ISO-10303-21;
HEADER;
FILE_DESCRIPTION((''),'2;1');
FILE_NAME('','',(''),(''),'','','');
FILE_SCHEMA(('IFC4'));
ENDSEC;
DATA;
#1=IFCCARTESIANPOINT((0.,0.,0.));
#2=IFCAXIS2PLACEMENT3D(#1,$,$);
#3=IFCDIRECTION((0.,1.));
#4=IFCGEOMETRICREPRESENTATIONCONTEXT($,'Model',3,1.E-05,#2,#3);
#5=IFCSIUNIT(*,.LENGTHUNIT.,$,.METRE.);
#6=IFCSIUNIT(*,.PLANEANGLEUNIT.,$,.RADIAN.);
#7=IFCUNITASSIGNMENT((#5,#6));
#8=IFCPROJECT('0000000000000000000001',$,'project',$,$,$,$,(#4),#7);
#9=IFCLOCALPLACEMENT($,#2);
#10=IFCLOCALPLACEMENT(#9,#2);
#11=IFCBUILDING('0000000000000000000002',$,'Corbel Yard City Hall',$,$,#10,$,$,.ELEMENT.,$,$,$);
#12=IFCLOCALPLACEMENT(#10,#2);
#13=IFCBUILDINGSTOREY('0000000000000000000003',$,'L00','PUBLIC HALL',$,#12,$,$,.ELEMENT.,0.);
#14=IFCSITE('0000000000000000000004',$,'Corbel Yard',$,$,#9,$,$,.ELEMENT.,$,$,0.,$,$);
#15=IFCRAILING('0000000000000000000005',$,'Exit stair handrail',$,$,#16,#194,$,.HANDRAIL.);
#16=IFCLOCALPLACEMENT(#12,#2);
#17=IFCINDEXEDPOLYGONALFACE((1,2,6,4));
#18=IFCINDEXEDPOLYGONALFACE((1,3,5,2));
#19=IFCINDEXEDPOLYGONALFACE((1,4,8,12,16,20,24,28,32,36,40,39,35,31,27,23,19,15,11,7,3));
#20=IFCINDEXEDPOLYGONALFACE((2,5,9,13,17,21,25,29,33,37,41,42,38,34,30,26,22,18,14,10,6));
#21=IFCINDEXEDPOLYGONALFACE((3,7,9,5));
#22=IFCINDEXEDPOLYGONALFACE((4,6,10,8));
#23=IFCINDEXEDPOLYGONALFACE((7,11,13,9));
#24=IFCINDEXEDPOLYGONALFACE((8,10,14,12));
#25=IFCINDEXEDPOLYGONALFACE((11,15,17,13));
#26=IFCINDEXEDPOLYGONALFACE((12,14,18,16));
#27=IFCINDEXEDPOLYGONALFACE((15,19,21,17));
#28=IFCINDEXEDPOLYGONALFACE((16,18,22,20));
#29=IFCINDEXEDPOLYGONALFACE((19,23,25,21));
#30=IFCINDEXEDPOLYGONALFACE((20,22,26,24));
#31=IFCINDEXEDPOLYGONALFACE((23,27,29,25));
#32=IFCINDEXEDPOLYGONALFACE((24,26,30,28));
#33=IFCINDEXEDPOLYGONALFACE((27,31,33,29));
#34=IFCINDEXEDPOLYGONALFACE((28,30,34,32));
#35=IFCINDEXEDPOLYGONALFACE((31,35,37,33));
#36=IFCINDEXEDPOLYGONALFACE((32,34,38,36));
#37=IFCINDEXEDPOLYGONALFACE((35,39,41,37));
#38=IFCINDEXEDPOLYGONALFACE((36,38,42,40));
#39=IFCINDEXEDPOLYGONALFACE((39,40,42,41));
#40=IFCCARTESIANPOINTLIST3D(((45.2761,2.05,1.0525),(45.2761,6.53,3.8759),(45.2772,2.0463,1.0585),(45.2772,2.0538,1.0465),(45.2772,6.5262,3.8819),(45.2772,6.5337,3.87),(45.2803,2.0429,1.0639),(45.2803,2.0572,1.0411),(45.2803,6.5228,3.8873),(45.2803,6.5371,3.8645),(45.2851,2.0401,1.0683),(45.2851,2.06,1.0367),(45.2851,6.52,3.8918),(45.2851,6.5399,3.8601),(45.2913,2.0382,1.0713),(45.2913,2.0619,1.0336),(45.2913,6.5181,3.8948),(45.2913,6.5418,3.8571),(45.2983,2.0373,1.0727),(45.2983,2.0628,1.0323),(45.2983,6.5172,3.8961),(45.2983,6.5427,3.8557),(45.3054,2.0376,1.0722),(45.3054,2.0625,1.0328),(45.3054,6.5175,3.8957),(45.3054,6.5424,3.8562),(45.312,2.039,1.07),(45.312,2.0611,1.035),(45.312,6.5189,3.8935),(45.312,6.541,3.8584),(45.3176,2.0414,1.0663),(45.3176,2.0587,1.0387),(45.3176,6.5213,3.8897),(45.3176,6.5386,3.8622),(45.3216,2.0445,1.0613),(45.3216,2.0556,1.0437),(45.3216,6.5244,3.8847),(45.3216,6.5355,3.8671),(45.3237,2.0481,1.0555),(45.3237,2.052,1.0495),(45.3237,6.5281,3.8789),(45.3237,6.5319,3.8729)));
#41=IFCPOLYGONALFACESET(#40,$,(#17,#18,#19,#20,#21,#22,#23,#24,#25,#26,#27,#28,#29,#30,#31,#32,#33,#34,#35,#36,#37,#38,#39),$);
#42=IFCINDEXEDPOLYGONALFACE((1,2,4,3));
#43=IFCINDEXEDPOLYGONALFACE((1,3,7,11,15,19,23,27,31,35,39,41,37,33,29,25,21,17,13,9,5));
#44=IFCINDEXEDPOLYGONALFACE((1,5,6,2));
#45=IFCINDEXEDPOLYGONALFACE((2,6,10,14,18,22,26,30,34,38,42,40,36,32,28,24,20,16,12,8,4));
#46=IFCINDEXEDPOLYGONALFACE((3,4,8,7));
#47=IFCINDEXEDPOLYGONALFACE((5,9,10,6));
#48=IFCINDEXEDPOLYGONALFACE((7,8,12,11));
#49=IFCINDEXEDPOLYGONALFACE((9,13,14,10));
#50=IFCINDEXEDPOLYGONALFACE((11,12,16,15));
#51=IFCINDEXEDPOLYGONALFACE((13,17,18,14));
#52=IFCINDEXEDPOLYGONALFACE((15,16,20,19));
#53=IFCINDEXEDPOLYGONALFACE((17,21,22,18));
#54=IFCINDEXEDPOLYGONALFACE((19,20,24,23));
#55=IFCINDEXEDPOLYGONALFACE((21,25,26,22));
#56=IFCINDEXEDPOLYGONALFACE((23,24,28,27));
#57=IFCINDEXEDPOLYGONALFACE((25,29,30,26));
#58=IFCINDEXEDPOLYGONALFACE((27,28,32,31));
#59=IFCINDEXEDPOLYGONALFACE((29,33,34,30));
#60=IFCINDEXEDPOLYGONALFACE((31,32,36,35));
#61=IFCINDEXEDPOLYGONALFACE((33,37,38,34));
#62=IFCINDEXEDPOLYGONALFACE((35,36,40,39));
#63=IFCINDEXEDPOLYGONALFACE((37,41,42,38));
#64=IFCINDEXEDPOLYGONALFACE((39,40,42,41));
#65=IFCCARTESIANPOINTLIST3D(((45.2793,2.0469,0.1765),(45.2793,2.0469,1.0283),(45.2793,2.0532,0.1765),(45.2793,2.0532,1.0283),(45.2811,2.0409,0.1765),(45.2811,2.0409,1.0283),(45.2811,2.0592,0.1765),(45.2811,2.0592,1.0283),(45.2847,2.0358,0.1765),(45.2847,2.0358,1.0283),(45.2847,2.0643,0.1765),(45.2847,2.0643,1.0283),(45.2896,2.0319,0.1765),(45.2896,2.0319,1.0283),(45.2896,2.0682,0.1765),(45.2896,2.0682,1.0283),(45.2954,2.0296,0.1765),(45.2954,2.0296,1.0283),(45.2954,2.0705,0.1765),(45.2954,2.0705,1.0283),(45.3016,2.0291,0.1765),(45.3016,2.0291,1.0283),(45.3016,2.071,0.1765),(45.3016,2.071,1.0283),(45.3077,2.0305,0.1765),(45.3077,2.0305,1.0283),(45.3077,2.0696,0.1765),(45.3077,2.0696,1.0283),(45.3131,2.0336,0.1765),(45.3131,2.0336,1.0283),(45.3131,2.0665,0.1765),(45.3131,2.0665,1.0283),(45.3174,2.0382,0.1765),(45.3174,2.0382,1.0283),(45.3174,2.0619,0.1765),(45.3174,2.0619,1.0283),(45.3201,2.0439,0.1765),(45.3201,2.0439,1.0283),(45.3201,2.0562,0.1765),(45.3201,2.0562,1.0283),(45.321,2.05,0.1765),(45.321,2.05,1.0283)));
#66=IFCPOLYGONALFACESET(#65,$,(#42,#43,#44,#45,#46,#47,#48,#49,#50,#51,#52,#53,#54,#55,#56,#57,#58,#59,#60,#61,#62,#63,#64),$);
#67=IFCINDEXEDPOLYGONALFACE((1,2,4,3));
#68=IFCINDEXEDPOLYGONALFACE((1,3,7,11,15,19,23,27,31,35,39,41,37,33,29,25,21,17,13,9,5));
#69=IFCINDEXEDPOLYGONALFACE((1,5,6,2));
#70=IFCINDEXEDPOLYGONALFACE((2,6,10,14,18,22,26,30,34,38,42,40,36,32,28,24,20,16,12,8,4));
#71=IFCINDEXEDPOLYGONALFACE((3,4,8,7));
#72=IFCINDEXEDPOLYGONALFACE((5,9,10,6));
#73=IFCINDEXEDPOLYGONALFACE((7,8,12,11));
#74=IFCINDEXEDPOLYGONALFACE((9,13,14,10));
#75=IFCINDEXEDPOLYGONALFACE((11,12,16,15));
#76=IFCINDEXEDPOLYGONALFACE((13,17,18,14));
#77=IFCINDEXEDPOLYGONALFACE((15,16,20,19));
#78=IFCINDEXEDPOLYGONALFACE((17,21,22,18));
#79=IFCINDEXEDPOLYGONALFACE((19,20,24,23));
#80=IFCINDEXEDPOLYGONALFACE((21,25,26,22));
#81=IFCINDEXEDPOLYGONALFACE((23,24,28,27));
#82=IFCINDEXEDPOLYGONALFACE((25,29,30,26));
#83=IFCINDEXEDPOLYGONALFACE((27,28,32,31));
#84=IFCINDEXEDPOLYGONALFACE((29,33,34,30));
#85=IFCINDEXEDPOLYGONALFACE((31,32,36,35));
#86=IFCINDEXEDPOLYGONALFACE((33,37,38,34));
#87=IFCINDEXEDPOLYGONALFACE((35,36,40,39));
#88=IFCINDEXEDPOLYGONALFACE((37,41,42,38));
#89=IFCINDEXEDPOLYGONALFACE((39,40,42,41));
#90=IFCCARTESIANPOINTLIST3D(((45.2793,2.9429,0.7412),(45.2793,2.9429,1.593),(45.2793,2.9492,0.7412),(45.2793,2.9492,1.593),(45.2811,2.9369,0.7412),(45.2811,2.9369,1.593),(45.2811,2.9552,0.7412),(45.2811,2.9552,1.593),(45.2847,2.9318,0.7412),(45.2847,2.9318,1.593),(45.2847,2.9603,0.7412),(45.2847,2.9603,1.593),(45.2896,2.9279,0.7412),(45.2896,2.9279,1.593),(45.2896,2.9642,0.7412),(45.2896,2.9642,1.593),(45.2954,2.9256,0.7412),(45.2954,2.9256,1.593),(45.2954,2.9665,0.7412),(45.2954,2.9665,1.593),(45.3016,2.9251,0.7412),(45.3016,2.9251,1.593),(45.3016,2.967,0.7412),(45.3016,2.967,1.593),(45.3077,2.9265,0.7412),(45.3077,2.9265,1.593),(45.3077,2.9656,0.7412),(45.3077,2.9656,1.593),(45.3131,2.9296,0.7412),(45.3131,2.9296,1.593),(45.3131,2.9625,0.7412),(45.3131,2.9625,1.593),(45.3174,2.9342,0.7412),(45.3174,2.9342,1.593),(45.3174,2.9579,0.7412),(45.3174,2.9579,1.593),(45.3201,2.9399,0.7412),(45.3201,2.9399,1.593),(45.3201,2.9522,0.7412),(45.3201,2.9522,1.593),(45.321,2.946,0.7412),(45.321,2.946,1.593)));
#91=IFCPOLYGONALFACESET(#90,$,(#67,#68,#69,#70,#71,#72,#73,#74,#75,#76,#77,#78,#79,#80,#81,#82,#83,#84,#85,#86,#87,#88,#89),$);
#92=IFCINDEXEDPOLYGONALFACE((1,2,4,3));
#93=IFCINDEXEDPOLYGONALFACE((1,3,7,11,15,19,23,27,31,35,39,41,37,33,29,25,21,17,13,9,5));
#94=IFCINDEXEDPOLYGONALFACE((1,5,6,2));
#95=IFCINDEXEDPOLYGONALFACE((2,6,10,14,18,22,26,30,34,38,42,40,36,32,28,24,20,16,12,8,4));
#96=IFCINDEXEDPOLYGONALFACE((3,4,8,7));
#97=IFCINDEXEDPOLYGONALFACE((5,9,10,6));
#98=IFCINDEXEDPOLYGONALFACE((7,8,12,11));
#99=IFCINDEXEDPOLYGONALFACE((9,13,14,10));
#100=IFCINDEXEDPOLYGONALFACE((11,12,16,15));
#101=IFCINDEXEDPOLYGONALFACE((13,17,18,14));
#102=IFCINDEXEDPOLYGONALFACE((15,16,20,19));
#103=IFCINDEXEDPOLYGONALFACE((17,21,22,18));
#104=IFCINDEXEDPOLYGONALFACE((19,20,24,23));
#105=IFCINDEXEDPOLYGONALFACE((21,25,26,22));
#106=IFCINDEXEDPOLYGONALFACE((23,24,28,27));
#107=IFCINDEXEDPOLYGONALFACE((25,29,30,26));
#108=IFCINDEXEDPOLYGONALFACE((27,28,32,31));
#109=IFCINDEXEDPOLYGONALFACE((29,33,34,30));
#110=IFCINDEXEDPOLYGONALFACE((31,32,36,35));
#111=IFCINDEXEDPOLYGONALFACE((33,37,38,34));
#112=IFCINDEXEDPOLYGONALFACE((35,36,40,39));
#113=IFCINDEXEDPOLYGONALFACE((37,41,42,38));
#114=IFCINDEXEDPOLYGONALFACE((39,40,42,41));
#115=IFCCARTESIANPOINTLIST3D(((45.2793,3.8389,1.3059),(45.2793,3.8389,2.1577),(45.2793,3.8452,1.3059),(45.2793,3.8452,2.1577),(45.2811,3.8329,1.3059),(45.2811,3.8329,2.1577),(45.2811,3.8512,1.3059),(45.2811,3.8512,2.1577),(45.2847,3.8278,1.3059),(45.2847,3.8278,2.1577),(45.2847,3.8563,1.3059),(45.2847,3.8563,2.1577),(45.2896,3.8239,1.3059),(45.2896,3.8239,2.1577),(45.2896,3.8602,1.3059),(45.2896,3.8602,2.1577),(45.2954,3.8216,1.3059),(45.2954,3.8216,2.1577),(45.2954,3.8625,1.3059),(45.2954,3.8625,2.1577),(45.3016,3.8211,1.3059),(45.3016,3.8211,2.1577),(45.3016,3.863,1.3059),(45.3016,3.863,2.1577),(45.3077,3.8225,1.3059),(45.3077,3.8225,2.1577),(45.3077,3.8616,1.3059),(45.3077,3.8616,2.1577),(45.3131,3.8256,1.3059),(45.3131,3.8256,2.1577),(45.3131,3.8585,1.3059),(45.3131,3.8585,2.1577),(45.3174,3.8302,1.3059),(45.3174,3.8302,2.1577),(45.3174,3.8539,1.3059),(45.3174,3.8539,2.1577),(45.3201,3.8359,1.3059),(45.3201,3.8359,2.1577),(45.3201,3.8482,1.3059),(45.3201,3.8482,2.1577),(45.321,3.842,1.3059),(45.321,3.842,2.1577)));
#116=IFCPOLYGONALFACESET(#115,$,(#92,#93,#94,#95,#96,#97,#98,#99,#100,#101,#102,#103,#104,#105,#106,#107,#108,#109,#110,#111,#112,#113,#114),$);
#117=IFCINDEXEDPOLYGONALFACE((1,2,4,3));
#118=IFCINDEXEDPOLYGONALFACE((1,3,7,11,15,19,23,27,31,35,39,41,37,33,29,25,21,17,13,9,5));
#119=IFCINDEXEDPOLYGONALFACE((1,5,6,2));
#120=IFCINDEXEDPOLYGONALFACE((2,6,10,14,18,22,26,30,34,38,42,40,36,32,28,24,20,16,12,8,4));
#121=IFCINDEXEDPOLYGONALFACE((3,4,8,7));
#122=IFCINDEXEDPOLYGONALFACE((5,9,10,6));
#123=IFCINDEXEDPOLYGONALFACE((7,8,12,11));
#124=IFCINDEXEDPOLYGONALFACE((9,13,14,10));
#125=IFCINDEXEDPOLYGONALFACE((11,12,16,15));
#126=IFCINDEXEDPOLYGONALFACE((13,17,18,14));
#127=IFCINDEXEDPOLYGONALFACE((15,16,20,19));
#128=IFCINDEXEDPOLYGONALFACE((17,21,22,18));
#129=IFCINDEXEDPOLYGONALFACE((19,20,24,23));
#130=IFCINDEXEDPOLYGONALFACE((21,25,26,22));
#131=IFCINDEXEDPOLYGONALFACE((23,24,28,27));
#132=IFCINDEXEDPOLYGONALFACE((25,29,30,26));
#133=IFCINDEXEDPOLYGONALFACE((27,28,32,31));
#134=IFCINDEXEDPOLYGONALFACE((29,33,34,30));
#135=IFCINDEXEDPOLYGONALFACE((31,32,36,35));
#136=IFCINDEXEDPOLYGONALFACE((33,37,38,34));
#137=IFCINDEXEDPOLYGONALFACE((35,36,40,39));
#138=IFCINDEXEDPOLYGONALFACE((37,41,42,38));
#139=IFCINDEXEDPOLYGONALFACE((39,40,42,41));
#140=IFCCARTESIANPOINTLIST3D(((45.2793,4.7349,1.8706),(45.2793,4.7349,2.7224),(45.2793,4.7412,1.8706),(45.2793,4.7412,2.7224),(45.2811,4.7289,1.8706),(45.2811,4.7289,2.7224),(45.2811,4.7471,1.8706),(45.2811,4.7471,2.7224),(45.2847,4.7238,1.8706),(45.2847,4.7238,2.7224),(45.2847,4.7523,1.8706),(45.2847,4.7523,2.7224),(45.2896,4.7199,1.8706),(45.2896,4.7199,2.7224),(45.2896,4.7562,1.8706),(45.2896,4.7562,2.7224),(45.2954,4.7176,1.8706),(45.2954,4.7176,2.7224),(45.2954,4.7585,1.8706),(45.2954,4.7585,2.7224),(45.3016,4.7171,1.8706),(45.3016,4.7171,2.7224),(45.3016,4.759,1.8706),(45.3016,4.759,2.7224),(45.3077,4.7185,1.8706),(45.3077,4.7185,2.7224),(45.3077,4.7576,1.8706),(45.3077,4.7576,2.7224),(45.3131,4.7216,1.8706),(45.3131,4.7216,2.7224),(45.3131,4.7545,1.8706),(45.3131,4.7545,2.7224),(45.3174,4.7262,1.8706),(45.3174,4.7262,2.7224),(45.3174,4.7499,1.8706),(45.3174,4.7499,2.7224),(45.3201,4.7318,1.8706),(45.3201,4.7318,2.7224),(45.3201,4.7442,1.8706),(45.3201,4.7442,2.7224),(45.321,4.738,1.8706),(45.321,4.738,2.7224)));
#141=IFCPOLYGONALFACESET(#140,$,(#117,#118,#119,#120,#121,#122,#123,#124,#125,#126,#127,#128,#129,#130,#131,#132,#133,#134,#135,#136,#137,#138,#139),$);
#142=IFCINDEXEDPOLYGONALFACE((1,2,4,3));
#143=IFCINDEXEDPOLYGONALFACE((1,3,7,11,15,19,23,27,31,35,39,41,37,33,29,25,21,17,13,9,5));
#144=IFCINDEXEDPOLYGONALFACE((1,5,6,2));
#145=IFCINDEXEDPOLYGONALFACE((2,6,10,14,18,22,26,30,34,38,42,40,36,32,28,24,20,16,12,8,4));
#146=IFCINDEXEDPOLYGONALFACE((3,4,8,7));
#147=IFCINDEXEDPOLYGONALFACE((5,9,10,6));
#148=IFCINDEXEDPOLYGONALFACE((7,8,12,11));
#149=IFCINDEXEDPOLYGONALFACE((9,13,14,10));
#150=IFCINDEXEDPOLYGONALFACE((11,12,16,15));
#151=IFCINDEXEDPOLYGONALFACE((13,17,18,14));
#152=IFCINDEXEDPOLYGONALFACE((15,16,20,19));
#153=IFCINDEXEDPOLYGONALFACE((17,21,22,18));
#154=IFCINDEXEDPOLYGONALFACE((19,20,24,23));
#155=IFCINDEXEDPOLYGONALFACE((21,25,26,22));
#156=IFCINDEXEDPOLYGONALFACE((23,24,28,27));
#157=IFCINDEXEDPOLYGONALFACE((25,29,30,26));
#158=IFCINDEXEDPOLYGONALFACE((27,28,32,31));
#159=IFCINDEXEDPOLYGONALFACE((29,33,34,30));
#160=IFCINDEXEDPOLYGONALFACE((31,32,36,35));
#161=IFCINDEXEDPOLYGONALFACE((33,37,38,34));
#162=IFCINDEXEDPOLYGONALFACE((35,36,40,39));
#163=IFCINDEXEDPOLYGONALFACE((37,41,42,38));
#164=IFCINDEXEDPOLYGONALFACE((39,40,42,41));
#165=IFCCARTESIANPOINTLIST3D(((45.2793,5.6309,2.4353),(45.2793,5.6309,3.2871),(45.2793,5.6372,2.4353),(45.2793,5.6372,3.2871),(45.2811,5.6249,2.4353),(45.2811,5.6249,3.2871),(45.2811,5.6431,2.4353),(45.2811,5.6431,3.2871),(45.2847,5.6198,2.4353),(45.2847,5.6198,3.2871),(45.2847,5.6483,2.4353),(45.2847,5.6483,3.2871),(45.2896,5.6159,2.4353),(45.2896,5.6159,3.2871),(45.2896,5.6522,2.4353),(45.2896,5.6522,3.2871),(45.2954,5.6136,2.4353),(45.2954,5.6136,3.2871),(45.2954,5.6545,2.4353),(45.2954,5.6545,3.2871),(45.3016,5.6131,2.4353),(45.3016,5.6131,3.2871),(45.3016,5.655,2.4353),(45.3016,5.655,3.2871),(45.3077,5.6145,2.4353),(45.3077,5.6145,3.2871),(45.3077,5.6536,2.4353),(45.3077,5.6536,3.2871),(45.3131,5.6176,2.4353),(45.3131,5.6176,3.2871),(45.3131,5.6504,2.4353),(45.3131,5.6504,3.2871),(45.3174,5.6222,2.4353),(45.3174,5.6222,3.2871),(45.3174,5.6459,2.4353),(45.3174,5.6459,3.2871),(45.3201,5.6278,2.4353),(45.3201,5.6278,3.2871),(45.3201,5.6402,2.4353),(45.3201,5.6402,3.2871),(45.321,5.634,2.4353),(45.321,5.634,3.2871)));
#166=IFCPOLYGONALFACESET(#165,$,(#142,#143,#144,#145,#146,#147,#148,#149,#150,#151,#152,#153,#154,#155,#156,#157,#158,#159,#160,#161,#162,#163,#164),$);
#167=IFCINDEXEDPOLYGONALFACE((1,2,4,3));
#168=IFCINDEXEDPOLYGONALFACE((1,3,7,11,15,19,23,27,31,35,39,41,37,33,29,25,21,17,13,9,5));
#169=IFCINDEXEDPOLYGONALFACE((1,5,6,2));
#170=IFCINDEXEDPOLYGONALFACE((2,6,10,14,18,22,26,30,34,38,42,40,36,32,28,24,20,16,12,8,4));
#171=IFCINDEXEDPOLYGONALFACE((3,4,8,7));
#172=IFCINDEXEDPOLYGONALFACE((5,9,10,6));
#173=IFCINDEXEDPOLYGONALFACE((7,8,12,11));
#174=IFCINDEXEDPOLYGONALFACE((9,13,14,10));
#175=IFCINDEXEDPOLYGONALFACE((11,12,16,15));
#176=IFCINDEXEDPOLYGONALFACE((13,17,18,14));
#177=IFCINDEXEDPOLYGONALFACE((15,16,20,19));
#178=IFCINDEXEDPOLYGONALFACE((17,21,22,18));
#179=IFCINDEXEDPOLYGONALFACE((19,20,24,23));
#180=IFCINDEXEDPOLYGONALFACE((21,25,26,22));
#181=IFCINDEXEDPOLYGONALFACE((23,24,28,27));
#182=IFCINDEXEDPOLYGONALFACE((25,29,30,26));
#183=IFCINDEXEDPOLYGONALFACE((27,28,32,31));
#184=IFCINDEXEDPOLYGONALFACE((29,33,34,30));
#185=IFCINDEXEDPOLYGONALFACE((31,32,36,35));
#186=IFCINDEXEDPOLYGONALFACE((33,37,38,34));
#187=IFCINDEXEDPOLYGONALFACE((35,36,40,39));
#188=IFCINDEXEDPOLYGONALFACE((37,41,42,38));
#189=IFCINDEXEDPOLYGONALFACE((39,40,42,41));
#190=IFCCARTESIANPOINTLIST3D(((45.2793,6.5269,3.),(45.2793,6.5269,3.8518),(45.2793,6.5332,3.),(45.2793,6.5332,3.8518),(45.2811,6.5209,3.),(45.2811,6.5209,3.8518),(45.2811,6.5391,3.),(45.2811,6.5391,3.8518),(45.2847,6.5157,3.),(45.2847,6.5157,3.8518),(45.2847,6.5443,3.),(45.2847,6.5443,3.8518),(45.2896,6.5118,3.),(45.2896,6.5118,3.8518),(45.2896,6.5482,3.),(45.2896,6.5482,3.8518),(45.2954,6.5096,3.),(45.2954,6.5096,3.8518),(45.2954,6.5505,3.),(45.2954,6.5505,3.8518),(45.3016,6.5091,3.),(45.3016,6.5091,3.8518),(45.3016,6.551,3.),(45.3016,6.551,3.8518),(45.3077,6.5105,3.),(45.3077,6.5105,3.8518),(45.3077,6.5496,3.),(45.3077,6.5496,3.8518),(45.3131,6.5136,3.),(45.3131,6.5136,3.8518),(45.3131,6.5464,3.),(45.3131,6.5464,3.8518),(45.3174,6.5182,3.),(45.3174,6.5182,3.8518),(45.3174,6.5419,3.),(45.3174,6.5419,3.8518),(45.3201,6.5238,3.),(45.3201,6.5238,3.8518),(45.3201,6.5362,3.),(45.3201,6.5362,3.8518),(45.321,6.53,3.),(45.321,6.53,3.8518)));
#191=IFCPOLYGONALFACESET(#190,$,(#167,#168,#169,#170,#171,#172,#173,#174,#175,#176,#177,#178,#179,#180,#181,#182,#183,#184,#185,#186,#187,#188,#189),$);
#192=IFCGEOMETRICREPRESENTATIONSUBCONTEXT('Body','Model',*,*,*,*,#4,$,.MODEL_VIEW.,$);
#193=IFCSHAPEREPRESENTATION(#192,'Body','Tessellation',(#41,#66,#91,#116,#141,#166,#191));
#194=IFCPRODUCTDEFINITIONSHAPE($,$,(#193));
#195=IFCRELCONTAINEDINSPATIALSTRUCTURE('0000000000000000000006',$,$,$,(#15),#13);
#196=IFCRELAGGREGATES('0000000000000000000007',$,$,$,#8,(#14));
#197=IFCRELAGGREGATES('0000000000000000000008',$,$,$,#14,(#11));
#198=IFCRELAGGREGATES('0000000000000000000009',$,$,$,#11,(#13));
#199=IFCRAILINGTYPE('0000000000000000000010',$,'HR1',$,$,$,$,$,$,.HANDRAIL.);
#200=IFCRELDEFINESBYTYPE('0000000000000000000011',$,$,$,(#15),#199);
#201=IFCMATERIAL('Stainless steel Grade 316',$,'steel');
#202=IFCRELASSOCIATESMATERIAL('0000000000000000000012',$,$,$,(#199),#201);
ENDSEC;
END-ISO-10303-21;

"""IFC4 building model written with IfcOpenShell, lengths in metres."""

from ifc_helpers import new_model, si_unit, direction, frame, origin, origin_2d, place, context, subcontext, project, spatial, circle, extrude, material, type_object, element, save


model = new_model("IFC4")

# Units and contexts
model_context = context("Model", 3, precision=1e-05, world=origin(), true_north=direction((0.0, 1.0)))
body_context = subcontext(model_context, "Body", "Model", "MODEL_VIEW")
ifc_project = project(units=[si_unit("LENGTHUNIT", "METRE"), si_unit("PLANEANGLEUNIT", "RADIAN")], contexts=[model_context])

# Site, building, storey
site_placement = place(None, origin())
site = spatial("IfcSite", under=ifc_project, at=site_placement, Name="Corbel Yard", CompositionType="ELEMENT", RefElevation=0.0)
building_placement = place(site_placement, origin())
building = spatial("IfcBuilding", under=site, at=building_placement, Name="Corbel Yard City Hall", CompositionType="ELEMENT")
storey_placement = place(building_placement, origin())
storey = spatial("IfcBuildingStorey", under=building, at=storey_placement, Name="L00", Description="PUBLIC HALL", CompositionType="ELEMENT", Elevation=0.0)

# Railing
ifc_material_1 = material(Name="Stainless steel Grade 316", Category="steel")
railing_type = type_object("IfcRailingType", Name="HR1", PredefinedType="HANDRAIL", material=ifc_material_1)
railing_placement = place(storey_placement, frame((45.3, 2.05, 0.1765)))
element("IfcRailing", 1, at=railing_placement, inside=storey, type_object=railing_type, Name="Exit stair handrail", PredefinedType="HANDRAIL", context=body_context, shape_type="SweptSolid", body=[
    extrude(circle(Radius=0.0239, at=origin_2d()), frame((0.0, 0.0, 0.876), z_axis=(0.0, 0.845998, 0.533186), x_axis=(-1.0, 0.0, 0.0)), (0.0, 0.0, 1.0), 5.2954),
    extrude(circle(Radius=0.021, at=origin_2d()), origin(), (0.0, 0.0, 1.0), 0.8518),
    extrude(circle(Radius=0.021, at=origin_2d()), frame((0.0, 0.896, 0.5647)), (0.0, 0.0, 1.0), 0.8518),
    extrude(circle(Radius=0.021, at=origin_2d()), frame((0.0, 1.792, 1.1294)), (0.0, 0.0, 1.0), 0.8518),
    extrude(circle(Radius=0.021, at=origin_2d()), frame((0.0, 2.688, 1.6941)), (0.0, 0.0, 1.0), 0.8518),
    extrude(circle(Radius=0.021, at=origin_2d()), frame((0.0, 3.584, 2.2588)), (0.0, 0.0, 1.0), 0.8518),
    extrude(circle(Radius=0.021, at=origin_2d()), frame((0.0, 4.48, 2.8235)), (0.0, 0.0, 1.0), 0.8518),
])

save(model, "model.ifc")
